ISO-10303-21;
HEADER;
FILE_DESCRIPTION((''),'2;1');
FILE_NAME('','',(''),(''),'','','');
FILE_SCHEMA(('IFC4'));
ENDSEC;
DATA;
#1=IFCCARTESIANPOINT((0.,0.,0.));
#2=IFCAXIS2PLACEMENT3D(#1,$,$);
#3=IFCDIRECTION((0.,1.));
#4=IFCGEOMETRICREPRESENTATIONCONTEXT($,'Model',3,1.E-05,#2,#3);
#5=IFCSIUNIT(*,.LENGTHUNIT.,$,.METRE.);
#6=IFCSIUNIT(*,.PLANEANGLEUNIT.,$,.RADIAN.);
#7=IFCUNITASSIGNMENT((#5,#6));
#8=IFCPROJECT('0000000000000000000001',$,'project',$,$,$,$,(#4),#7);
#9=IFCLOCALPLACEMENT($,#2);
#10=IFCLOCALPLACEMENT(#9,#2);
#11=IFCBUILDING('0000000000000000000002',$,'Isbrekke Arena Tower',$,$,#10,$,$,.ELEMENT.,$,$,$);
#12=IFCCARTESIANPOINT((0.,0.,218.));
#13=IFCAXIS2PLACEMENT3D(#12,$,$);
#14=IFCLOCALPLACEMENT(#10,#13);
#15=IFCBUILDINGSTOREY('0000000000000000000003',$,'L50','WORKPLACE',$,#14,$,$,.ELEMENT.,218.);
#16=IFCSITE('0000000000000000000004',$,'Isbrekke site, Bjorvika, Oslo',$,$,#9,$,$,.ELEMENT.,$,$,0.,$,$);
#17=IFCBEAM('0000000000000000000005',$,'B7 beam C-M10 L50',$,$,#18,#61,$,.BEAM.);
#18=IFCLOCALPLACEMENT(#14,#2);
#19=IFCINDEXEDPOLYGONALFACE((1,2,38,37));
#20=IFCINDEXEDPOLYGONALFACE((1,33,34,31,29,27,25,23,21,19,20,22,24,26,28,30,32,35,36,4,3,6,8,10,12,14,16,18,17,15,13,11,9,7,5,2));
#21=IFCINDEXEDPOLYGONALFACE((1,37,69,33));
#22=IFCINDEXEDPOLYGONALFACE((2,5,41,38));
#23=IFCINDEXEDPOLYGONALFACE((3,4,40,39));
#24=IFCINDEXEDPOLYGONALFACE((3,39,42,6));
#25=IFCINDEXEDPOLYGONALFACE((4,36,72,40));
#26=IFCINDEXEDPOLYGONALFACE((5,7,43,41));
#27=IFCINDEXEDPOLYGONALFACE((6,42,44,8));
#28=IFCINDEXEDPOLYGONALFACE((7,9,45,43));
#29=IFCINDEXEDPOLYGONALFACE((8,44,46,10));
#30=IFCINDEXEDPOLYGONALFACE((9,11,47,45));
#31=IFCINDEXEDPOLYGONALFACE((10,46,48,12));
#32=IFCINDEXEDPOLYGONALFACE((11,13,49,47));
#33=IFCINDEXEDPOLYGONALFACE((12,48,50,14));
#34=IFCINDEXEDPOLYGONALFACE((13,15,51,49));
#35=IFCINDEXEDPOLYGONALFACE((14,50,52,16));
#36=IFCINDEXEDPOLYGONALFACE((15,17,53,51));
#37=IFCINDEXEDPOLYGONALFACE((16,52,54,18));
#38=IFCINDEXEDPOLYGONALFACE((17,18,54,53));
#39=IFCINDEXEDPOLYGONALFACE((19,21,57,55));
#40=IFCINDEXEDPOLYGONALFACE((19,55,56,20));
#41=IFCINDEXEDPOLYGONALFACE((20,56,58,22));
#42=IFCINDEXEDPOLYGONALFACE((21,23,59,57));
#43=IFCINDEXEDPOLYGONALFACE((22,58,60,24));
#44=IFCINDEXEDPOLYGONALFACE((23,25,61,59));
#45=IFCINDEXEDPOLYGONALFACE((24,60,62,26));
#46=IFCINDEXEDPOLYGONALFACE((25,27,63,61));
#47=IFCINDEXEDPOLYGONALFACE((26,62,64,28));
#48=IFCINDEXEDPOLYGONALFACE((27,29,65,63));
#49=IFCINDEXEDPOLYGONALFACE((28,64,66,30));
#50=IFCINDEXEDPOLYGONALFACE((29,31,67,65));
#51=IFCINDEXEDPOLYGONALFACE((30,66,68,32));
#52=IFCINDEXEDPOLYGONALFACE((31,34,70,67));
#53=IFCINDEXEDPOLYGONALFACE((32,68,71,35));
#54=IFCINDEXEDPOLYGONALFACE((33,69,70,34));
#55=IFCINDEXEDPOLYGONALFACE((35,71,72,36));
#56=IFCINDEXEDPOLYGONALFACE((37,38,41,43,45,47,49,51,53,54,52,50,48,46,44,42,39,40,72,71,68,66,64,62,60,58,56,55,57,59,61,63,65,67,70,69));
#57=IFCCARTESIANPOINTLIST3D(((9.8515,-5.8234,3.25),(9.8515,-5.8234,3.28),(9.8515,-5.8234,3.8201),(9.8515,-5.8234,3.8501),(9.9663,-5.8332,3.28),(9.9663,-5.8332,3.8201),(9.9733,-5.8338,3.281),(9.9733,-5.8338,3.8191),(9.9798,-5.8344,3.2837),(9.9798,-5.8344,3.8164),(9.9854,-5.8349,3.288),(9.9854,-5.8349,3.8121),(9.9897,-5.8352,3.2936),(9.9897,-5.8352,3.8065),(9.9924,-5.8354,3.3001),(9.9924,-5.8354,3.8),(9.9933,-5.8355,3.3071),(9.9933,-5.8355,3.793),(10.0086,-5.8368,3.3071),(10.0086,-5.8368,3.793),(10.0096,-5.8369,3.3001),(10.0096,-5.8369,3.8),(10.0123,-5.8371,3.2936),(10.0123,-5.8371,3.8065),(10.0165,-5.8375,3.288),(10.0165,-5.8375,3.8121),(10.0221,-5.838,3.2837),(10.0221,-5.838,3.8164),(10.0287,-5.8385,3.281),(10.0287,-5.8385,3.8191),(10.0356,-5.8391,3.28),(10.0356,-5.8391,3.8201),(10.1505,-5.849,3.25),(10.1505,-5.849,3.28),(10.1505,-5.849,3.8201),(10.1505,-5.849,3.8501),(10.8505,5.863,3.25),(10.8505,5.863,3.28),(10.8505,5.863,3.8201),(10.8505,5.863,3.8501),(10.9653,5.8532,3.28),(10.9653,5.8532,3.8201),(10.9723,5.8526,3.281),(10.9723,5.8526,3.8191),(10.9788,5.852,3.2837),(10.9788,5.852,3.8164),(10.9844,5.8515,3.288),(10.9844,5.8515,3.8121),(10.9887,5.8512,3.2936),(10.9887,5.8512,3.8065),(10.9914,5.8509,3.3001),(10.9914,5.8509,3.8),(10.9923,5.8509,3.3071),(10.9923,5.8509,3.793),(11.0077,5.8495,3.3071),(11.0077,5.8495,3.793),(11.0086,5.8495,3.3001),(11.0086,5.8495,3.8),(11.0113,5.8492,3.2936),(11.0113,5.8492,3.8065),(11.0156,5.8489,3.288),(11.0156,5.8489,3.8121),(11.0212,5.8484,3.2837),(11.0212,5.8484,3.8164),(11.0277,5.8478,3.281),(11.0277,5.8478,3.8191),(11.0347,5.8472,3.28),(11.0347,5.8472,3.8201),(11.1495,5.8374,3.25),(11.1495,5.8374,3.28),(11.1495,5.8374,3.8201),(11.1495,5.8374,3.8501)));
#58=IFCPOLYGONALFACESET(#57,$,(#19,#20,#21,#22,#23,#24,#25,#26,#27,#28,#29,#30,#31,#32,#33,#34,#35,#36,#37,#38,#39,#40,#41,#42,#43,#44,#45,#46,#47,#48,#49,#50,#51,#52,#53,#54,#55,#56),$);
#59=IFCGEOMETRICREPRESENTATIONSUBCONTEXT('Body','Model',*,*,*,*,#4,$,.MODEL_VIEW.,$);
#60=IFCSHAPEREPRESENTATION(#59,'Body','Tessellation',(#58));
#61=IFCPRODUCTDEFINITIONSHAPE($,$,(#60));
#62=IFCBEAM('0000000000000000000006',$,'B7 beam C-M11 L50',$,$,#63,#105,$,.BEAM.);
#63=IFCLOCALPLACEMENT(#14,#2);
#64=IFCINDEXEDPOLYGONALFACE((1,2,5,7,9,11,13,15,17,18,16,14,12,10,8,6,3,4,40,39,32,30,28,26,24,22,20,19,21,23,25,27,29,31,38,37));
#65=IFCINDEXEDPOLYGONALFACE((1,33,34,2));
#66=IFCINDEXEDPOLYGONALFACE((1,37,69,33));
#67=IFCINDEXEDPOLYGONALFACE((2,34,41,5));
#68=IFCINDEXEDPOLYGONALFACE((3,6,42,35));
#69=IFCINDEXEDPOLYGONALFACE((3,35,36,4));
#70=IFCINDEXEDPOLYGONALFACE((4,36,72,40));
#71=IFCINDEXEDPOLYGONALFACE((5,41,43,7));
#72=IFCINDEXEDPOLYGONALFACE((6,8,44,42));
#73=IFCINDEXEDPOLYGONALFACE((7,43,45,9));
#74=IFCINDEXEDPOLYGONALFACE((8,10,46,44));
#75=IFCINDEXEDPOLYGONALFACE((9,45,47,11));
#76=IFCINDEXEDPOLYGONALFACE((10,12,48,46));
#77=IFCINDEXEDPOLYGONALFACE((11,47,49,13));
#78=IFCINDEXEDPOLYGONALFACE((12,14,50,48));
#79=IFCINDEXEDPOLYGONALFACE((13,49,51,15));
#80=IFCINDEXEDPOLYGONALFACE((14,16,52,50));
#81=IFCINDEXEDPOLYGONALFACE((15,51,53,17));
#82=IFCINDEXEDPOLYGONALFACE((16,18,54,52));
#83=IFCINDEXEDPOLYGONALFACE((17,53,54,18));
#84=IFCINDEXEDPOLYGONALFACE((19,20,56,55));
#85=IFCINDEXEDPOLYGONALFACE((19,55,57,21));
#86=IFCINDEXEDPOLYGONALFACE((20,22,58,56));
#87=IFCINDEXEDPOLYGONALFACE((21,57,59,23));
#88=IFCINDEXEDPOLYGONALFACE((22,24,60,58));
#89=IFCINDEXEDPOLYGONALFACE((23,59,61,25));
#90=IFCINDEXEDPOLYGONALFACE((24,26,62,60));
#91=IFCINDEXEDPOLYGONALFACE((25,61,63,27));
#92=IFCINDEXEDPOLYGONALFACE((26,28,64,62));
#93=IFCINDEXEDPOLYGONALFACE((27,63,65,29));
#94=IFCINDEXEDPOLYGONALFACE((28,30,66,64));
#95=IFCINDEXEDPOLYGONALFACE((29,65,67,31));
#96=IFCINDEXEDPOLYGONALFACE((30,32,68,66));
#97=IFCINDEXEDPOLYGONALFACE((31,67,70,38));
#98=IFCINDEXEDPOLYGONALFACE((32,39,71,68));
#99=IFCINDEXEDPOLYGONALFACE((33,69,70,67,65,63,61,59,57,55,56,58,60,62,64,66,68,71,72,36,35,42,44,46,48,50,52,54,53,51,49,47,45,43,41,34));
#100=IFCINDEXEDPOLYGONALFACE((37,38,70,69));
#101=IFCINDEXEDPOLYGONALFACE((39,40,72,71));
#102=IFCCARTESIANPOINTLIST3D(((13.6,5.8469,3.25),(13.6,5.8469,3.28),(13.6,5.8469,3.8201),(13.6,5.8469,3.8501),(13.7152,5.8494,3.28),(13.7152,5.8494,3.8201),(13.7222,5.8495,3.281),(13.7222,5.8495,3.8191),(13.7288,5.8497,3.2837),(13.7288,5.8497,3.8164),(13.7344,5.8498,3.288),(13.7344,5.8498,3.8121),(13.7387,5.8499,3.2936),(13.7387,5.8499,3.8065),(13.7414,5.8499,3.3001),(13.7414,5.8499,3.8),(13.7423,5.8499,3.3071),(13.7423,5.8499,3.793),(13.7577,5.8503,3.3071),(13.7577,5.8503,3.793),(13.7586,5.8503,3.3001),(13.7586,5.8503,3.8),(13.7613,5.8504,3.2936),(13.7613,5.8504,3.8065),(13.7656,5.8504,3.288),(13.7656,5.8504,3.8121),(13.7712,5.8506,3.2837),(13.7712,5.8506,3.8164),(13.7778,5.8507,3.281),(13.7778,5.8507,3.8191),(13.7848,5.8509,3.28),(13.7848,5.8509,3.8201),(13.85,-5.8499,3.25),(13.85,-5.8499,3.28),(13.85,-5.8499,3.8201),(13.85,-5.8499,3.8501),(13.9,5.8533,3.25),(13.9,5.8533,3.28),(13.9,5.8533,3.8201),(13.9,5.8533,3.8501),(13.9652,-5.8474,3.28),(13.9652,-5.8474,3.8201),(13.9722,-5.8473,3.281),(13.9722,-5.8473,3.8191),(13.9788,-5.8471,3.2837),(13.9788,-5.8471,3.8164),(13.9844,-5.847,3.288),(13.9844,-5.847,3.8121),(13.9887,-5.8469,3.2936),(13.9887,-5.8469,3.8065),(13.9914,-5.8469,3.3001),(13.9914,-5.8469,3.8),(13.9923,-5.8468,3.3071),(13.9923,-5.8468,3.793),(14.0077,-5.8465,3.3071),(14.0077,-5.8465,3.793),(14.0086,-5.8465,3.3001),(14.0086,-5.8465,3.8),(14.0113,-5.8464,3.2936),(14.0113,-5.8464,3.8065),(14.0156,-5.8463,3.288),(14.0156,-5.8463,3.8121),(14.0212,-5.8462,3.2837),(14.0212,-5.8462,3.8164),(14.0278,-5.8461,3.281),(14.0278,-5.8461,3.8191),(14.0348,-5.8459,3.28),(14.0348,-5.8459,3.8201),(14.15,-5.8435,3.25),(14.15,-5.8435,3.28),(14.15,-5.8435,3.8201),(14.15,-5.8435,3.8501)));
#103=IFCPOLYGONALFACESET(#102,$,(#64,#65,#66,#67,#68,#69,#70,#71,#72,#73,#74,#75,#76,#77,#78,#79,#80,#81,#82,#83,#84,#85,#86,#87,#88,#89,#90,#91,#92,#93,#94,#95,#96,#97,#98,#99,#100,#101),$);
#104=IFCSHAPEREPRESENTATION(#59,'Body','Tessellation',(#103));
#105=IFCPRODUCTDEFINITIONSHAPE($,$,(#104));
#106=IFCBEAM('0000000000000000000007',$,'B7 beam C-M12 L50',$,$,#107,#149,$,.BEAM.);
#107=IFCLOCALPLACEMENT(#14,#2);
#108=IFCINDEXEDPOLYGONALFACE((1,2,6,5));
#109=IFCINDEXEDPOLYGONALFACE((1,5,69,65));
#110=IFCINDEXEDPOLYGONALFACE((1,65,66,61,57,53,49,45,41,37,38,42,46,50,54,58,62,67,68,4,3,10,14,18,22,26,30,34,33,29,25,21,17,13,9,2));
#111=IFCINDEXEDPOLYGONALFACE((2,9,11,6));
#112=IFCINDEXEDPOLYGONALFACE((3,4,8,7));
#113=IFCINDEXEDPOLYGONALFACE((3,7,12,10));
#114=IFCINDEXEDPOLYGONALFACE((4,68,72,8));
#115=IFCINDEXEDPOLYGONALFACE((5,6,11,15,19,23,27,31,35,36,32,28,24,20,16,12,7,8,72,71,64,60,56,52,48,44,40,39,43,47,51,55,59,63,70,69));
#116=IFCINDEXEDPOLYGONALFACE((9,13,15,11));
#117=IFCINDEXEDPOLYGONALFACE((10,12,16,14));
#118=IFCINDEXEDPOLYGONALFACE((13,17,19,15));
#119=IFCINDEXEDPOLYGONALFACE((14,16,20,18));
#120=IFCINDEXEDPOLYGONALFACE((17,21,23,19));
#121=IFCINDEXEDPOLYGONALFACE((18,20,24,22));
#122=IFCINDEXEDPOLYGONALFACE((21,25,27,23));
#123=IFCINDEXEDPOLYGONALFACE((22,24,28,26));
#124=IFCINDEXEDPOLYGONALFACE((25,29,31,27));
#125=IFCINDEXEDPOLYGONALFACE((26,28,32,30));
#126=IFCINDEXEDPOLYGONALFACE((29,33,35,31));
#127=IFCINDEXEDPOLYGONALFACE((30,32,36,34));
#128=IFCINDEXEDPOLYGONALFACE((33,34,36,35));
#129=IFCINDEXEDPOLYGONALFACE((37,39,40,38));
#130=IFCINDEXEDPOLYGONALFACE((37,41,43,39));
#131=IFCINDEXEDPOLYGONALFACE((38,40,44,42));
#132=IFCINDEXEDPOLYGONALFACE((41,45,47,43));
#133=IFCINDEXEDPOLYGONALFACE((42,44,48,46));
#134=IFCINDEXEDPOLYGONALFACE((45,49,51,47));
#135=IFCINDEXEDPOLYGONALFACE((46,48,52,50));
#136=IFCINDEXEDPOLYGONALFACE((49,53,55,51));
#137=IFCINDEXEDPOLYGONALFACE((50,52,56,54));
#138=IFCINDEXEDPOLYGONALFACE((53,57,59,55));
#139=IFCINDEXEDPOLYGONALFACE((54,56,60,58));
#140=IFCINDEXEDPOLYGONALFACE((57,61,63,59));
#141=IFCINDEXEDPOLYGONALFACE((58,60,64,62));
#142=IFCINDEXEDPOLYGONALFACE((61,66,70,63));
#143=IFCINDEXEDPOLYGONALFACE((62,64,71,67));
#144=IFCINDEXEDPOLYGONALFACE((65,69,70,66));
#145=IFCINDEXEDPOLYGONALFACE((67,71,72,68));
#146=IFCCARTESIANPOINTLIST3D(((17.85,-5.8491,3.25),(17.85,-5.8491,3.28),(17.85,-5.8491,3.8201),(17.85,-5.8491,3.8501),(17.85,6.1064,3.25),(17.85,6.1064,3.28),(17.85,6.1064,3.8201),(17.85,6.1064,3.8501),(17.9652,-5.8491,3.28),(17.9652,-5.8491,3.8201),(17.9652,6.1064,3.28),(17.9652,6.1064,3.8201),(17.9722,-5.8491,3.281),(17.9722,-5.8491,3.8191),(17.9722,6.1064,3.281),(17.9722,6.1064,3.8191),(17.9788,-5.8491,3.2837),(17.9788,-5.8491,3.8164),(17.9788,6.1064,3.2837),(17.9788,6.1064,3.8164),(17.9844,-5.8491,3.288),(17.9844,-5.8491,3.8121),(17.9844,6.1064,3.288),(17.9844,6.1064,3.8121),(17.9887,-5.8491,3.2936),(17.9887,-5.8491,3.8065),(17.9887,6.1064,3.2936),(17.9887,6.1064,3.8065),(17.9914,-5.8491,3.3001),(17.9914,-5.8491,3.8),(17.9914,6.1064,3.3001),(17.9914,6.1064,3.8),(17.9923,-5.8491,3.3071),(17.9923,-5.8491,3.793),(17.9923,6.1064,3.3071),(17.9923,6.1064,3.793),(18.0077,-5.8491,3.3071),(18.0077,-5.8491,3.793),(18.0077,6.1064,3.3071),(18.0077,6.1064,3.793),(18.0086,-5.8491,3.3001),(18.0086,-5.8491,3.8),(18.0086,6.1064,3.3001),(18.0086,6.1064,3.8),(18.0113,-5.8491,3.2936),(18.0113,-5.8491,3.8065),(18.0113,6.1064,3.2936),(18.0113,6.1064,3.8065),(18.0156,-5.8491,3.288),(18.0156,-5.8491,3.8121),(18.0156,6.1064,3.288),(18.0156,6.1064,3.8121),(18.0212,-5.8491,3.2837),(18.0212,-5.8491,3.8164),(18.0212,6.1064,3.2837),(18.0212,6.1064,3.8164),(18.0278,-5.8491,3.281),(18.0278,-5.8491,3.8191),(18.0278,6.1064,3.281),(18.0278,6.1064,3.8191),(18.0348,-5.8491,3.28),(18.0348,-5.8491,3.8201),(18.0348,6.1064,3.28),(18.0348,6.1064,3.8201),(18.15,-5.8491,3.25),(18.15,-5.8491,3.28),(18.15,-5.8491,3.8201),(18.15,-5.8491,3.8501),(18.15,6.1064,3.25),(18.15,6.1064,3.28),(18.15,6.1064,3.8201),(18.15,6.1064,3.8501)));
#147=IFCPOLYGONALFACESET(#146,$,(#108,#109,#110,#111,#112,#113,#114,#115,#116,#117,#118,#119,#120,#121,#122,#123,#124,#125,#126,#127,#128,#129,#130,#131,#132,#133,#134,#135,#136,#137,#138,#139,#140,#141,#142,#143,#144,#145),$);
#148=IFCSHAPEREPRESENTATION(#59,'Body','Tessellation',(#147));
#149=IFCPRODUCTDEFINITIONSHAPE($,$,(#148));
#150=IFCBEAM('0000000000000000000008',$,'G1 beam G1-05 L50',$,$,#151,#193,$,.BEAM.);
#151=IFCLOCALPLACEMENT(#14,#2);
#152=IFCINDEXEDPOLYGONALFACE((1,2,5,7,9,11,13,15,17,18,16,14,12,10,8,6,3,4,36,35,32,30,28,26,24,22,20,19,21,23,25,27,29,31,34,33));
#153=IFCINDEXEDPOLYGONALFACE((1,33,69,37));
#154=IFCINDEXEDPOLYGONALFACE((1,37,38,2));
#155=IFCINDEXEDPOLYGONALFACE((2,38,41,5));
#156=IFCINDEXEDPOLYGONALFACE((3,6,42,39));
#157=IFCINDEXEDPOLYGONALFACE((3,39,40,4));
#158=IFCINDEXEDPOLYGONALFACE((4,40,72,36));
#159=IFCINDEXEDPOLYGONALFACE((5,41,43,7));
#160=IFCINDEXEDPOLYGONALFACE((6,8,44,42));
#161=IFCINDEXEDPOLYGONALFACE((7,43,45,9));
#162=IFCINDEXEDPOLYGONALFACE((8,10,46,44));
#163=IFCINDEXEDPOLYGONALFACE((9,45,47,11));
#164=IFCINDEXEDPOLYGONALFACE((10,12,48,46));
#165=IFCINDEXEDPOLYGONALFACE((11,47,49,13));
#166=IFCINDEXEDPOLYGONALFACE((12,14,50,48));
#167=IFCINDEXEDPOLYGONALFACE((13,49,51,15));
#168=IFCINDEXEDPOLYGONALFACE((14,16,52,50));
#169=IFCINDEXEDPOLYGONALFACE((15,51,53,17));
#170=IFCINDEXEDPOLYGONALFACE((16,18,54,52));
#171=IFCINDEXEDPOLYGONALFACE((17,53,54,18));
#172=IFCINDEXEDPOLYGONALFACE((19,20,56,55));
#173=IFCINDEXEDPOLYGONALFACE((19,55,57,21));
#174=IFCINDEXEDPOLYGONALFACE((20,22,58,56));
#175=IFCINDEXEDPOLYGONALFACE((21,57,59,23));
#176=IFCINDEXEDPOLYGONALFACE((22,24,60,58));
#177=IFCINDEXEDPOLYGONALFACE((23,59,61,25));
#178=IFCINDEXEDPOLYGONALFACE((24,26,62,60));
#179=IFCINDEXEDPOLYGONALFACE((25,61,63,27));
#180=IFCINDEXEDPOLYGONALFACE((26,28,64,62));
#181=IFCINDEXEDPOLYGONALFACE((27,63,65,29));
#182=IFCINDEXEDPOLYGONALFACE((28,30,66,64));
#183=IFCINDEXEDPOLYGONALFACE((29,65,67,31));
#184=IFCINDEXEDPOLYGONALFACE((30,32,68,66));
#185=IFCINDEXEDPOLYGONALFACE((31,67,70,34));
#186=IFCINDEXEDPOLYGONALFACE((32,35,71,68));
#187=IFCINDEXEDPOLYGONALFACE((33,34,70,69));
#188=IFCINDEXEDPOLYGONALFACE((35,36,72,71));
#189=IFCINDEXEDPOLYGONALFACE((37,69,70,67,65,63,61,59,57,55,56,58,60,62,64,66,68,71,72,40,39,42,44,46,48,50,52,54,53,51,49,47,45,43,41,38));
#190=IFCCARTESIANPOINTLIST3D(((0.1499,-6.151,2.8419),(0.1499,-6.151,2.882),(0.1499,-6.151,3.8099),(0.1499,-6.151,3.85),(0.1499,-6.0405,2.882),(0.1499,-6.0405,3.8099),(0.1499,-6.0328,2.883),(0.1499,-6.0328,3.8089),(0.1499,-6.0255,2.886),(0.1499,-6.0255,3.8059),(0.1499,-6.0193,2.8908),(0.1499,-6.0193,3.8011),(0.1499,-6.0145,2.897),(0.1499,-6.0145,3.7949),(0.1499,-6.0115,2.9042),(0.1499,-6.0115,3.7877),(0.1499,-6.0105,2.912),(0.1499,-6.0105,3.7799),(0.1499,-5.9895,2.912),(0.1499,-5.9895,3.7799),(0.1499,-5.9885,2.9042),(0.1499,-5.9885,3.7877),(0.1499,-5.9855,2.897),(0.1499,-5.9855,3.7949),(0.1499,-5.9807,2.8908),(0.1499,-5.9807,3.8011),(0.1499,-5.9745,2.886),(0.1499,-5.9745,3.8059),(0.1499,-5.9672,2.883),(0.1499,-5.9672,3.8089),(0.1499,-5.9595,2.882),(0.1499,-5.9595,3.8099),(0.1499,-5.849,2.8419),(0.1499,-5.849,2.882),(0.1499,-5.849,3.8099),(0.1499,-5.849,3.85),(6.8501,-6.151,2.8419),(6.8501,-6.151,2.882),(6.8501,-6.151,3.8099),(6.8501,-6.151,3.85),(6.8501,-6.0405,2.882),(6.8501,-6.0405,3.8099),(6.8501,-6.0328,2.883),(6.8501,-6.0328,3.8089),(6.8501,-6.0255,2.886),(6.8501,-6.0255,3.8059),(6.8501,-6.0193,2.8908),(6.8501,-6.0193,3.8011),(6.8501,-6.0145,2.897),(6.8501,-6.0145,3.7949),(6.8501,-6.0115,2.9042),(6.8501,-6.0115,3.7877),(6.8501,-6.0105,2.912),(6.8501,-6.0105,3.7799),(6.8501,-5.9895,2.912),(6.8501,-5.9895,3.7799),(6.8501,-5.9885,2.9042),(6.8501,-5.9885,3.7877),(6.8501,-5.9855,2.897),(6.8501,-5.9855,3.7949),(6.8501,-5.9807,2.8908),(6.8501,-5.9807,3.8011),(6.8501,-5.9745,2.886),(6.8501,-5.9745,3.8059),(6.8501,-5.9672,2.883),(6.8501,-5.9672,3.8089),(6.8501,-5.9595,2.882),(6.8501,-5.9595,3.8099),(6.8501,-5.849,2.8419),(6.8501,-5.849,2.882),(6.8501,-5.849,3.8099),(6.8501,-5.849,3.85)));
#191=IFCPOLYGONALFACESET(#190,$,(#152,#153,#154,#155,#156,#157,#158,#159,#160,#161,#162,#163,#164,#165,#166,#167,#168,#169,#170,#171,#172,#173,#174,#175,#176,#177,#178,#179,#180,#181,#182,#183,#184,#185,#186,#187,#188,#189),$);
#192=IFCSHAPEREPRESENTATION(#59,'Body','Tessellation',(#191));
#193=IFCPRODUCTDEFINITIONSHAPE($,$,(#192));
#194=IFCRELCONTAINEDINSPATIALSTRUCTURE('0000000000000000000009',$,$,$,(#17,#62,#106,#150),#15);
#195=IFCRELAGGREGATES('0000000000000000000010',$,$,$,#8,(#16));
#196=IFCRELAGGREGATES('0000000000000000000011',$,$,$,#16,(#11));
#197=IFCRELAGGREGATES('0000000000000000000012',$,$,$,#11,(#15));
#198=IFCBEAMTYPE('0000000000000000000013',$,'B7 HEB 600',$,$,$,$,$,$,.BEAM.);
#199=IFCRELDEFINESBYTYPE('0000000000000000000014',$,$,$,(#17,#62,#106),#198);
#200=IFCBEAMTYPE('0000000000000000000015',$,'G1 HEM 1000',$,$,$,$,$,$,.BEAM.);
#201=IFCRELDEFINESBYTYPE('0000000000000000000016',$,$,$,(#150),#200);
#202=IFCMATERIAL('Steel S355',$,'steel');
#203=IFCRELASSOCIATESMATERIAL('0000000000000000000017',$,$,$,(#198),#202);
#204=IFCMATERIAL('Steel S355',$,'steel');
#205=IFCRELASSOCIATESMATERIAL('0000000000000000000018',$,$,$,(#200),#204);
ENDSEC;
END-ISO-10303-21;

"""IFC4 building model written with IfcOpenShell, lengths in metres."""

from ifc_helpers import new_model, si_unit, direction, frame, origin, origin_2d, place, context, subcontext, project, spatial, i_section, extrude, material, material_profile, profile_set, type_object, element, save


model = new_model("IFC4")

# Units and contexts
model_context = context("Model", 3, precision=1e-05, world=origin(), true_north=direction((0.0, 1.0)))
body_context = subcontext(model_context, "Body", "Model", "MODEL_VIEW")
ifc_project = project(units=[si_unit("LENGTHUNIT", "METRE"), si_unit("PLANEANGLEUNIT", "RADIAN")], contexts=[model_context])

# Site, building, storey
site_placement = place(None, origin())
site = spatial("IfcSite", under=ifc_project, at=site_placement, Name="Isbrekke site, Bjorvika, Oslo", CompositionType="ELEMENT", RefElevation=0.0)
building_placement = place(site_placement, origin())
building = spatial("IfcBuilding", under=site, at=building_placement, Name="Isbrekke Arena Tower", CompositionType="ELEMENT")
storey_placement = place(building_placement, frame((0.0, 0.0, 218.0)))
storey = spatial("IfcBuildingStorey", under=building, at=storey_placement, Name="L50", Description="WORKPLACE", CompositionType="ELEMENT", Elevation=218.0)

# Beams
ifc_material_1 = material(Name="Steel S355", Category="steel")
ifc_material_profile_1 = material_profile(ifc_material_1, i_section(OverallWidth=0.3, OverallDepth=0.6001, WebThickness=0.0154, FlangeThickness=0.03, FilletRadius=0.0271, at=origin_2d()), Name="HEB 600")
ifc_profile_set_1 = profile_set([ifc_material_profile_1], Name="Steel S355")
beam_type_1 = type_object("IfcBeamType", Name="B7 HEB 600", PredefinedType="BEAM", material=ifc_profile_set_1)
beam_1_placement = place(storey_placement, frame((10.001, -5.8362, 3.55), z_axis=(0.085176, 0.996366, 0.0), x_axis=(-0.996366, 0.085176, 0.0)))
element("IfcBeam", 1, at=beam_1_placement, inside=storey, type_object=beam_type_1, Name="B7 beam C-M10 L50", PredefinedType="BEAM", context=body_context, shape_type="SweptSolid", body=[
    extrude(i_section(OverallWidth=0.3, OverallDepth=0.6001, WebThickness=0.0154, FlangeThickness=0.03, FilletRadius=0.0271, at=origin_2d()), origin(), (0.0, 0.0, 1.0), 11.729),
])
beam_2_placement = place(storey_placement, frame((14.0, -5.8467, 3.55), z_axis=(-0.021369, 0.999772, 0.0), x_axis=(-0.999772, -0.021369, 0.0)))
element("IfcBeam", 2, at=beam_2_placement, inside=storey, type_object=beam_type_1, Name="B7 beam C-M11 L50", PredefinedType="BEAM", context=body_context, shape_type="SweptSolid", body=[
    extrude(i_section(OverallWidth=0.3, OverallDepth=0.6001, WebThickness=0.0154, FlangeThickness=0.03, FilletRadius=0.0271, at=origin_2d()), origin(), (0.0, 0.0, 1.0), 11.6995),
])
beam_3_placement = place(storey_placement, frame((18.0, -5.8491, 3.55), z_axis=(0.0, 1.0, 0.0), x_axis=(-1.0, 0.0, 0.0)))
element("IfcBeam", 3, at=beam_3_placement, inside=storey, type_object=beam_type_1, Name="B7 beam C-M12 L50", PredefinedType="BEAM", context=body_context, shape_type="SweptSolid", body=[
    extrude(i_section(OverallWidth=0.3, OverallDepth=0.6001, WebThickness=0.0154, FlangeThickness=0.03, FilletRadius=0.0271, at=origin_2d()), origin(), (0.0, 0.0, 1.0), 11.9556),
])
ifc_material_2 = material(Name="Steel S355", Category="steel")
ifc_material_profile_2 = material_profile(ifc_material_2, i_section(OverallWidth=0.302, OverallDepth=1.0081, WebThickness=0.021, FlangeThickness=0.04, FilletRadius=0.03, at=origin_2d()), Name="HEM 1000")
ifc_profile_set_2 = profile_set([ifc_material_profile_2], Name="Steel S355")
beam_type_2 = type_object("IfcBeamType", Name="G1 HEM 1000", PredefinedType="BEAM", material=ifc_profile_set_2)
for number, where, z_axis, x_axis, name in (
    (4, (0.1499, -6.0, 3.3459), (1.0, 0.0, 0.0), (0.0, 1.0, 0.0), "G1 beam G1-05 L50"),
):
    element("IfcBeam", number, at=place(storey_placement, frame(where, z_axis=z_axis, x_axis=x_axis)), inside=storey, type_object=beam_type_2, Name=name, PredefinedType="BEAM", context=body_context, shape_type="SweptSolid", body=[
        extrude(i_section(OverallWidth=0.302, OverallDepth=1.0081, WebThickness=0.021, FlangeThickness=0.04, FilletRadius=0.03, at=origin_2d()), origin(), (0.0, 0.0, 1.0), 6.7002),
    ])

save(model, "model.ifc")
